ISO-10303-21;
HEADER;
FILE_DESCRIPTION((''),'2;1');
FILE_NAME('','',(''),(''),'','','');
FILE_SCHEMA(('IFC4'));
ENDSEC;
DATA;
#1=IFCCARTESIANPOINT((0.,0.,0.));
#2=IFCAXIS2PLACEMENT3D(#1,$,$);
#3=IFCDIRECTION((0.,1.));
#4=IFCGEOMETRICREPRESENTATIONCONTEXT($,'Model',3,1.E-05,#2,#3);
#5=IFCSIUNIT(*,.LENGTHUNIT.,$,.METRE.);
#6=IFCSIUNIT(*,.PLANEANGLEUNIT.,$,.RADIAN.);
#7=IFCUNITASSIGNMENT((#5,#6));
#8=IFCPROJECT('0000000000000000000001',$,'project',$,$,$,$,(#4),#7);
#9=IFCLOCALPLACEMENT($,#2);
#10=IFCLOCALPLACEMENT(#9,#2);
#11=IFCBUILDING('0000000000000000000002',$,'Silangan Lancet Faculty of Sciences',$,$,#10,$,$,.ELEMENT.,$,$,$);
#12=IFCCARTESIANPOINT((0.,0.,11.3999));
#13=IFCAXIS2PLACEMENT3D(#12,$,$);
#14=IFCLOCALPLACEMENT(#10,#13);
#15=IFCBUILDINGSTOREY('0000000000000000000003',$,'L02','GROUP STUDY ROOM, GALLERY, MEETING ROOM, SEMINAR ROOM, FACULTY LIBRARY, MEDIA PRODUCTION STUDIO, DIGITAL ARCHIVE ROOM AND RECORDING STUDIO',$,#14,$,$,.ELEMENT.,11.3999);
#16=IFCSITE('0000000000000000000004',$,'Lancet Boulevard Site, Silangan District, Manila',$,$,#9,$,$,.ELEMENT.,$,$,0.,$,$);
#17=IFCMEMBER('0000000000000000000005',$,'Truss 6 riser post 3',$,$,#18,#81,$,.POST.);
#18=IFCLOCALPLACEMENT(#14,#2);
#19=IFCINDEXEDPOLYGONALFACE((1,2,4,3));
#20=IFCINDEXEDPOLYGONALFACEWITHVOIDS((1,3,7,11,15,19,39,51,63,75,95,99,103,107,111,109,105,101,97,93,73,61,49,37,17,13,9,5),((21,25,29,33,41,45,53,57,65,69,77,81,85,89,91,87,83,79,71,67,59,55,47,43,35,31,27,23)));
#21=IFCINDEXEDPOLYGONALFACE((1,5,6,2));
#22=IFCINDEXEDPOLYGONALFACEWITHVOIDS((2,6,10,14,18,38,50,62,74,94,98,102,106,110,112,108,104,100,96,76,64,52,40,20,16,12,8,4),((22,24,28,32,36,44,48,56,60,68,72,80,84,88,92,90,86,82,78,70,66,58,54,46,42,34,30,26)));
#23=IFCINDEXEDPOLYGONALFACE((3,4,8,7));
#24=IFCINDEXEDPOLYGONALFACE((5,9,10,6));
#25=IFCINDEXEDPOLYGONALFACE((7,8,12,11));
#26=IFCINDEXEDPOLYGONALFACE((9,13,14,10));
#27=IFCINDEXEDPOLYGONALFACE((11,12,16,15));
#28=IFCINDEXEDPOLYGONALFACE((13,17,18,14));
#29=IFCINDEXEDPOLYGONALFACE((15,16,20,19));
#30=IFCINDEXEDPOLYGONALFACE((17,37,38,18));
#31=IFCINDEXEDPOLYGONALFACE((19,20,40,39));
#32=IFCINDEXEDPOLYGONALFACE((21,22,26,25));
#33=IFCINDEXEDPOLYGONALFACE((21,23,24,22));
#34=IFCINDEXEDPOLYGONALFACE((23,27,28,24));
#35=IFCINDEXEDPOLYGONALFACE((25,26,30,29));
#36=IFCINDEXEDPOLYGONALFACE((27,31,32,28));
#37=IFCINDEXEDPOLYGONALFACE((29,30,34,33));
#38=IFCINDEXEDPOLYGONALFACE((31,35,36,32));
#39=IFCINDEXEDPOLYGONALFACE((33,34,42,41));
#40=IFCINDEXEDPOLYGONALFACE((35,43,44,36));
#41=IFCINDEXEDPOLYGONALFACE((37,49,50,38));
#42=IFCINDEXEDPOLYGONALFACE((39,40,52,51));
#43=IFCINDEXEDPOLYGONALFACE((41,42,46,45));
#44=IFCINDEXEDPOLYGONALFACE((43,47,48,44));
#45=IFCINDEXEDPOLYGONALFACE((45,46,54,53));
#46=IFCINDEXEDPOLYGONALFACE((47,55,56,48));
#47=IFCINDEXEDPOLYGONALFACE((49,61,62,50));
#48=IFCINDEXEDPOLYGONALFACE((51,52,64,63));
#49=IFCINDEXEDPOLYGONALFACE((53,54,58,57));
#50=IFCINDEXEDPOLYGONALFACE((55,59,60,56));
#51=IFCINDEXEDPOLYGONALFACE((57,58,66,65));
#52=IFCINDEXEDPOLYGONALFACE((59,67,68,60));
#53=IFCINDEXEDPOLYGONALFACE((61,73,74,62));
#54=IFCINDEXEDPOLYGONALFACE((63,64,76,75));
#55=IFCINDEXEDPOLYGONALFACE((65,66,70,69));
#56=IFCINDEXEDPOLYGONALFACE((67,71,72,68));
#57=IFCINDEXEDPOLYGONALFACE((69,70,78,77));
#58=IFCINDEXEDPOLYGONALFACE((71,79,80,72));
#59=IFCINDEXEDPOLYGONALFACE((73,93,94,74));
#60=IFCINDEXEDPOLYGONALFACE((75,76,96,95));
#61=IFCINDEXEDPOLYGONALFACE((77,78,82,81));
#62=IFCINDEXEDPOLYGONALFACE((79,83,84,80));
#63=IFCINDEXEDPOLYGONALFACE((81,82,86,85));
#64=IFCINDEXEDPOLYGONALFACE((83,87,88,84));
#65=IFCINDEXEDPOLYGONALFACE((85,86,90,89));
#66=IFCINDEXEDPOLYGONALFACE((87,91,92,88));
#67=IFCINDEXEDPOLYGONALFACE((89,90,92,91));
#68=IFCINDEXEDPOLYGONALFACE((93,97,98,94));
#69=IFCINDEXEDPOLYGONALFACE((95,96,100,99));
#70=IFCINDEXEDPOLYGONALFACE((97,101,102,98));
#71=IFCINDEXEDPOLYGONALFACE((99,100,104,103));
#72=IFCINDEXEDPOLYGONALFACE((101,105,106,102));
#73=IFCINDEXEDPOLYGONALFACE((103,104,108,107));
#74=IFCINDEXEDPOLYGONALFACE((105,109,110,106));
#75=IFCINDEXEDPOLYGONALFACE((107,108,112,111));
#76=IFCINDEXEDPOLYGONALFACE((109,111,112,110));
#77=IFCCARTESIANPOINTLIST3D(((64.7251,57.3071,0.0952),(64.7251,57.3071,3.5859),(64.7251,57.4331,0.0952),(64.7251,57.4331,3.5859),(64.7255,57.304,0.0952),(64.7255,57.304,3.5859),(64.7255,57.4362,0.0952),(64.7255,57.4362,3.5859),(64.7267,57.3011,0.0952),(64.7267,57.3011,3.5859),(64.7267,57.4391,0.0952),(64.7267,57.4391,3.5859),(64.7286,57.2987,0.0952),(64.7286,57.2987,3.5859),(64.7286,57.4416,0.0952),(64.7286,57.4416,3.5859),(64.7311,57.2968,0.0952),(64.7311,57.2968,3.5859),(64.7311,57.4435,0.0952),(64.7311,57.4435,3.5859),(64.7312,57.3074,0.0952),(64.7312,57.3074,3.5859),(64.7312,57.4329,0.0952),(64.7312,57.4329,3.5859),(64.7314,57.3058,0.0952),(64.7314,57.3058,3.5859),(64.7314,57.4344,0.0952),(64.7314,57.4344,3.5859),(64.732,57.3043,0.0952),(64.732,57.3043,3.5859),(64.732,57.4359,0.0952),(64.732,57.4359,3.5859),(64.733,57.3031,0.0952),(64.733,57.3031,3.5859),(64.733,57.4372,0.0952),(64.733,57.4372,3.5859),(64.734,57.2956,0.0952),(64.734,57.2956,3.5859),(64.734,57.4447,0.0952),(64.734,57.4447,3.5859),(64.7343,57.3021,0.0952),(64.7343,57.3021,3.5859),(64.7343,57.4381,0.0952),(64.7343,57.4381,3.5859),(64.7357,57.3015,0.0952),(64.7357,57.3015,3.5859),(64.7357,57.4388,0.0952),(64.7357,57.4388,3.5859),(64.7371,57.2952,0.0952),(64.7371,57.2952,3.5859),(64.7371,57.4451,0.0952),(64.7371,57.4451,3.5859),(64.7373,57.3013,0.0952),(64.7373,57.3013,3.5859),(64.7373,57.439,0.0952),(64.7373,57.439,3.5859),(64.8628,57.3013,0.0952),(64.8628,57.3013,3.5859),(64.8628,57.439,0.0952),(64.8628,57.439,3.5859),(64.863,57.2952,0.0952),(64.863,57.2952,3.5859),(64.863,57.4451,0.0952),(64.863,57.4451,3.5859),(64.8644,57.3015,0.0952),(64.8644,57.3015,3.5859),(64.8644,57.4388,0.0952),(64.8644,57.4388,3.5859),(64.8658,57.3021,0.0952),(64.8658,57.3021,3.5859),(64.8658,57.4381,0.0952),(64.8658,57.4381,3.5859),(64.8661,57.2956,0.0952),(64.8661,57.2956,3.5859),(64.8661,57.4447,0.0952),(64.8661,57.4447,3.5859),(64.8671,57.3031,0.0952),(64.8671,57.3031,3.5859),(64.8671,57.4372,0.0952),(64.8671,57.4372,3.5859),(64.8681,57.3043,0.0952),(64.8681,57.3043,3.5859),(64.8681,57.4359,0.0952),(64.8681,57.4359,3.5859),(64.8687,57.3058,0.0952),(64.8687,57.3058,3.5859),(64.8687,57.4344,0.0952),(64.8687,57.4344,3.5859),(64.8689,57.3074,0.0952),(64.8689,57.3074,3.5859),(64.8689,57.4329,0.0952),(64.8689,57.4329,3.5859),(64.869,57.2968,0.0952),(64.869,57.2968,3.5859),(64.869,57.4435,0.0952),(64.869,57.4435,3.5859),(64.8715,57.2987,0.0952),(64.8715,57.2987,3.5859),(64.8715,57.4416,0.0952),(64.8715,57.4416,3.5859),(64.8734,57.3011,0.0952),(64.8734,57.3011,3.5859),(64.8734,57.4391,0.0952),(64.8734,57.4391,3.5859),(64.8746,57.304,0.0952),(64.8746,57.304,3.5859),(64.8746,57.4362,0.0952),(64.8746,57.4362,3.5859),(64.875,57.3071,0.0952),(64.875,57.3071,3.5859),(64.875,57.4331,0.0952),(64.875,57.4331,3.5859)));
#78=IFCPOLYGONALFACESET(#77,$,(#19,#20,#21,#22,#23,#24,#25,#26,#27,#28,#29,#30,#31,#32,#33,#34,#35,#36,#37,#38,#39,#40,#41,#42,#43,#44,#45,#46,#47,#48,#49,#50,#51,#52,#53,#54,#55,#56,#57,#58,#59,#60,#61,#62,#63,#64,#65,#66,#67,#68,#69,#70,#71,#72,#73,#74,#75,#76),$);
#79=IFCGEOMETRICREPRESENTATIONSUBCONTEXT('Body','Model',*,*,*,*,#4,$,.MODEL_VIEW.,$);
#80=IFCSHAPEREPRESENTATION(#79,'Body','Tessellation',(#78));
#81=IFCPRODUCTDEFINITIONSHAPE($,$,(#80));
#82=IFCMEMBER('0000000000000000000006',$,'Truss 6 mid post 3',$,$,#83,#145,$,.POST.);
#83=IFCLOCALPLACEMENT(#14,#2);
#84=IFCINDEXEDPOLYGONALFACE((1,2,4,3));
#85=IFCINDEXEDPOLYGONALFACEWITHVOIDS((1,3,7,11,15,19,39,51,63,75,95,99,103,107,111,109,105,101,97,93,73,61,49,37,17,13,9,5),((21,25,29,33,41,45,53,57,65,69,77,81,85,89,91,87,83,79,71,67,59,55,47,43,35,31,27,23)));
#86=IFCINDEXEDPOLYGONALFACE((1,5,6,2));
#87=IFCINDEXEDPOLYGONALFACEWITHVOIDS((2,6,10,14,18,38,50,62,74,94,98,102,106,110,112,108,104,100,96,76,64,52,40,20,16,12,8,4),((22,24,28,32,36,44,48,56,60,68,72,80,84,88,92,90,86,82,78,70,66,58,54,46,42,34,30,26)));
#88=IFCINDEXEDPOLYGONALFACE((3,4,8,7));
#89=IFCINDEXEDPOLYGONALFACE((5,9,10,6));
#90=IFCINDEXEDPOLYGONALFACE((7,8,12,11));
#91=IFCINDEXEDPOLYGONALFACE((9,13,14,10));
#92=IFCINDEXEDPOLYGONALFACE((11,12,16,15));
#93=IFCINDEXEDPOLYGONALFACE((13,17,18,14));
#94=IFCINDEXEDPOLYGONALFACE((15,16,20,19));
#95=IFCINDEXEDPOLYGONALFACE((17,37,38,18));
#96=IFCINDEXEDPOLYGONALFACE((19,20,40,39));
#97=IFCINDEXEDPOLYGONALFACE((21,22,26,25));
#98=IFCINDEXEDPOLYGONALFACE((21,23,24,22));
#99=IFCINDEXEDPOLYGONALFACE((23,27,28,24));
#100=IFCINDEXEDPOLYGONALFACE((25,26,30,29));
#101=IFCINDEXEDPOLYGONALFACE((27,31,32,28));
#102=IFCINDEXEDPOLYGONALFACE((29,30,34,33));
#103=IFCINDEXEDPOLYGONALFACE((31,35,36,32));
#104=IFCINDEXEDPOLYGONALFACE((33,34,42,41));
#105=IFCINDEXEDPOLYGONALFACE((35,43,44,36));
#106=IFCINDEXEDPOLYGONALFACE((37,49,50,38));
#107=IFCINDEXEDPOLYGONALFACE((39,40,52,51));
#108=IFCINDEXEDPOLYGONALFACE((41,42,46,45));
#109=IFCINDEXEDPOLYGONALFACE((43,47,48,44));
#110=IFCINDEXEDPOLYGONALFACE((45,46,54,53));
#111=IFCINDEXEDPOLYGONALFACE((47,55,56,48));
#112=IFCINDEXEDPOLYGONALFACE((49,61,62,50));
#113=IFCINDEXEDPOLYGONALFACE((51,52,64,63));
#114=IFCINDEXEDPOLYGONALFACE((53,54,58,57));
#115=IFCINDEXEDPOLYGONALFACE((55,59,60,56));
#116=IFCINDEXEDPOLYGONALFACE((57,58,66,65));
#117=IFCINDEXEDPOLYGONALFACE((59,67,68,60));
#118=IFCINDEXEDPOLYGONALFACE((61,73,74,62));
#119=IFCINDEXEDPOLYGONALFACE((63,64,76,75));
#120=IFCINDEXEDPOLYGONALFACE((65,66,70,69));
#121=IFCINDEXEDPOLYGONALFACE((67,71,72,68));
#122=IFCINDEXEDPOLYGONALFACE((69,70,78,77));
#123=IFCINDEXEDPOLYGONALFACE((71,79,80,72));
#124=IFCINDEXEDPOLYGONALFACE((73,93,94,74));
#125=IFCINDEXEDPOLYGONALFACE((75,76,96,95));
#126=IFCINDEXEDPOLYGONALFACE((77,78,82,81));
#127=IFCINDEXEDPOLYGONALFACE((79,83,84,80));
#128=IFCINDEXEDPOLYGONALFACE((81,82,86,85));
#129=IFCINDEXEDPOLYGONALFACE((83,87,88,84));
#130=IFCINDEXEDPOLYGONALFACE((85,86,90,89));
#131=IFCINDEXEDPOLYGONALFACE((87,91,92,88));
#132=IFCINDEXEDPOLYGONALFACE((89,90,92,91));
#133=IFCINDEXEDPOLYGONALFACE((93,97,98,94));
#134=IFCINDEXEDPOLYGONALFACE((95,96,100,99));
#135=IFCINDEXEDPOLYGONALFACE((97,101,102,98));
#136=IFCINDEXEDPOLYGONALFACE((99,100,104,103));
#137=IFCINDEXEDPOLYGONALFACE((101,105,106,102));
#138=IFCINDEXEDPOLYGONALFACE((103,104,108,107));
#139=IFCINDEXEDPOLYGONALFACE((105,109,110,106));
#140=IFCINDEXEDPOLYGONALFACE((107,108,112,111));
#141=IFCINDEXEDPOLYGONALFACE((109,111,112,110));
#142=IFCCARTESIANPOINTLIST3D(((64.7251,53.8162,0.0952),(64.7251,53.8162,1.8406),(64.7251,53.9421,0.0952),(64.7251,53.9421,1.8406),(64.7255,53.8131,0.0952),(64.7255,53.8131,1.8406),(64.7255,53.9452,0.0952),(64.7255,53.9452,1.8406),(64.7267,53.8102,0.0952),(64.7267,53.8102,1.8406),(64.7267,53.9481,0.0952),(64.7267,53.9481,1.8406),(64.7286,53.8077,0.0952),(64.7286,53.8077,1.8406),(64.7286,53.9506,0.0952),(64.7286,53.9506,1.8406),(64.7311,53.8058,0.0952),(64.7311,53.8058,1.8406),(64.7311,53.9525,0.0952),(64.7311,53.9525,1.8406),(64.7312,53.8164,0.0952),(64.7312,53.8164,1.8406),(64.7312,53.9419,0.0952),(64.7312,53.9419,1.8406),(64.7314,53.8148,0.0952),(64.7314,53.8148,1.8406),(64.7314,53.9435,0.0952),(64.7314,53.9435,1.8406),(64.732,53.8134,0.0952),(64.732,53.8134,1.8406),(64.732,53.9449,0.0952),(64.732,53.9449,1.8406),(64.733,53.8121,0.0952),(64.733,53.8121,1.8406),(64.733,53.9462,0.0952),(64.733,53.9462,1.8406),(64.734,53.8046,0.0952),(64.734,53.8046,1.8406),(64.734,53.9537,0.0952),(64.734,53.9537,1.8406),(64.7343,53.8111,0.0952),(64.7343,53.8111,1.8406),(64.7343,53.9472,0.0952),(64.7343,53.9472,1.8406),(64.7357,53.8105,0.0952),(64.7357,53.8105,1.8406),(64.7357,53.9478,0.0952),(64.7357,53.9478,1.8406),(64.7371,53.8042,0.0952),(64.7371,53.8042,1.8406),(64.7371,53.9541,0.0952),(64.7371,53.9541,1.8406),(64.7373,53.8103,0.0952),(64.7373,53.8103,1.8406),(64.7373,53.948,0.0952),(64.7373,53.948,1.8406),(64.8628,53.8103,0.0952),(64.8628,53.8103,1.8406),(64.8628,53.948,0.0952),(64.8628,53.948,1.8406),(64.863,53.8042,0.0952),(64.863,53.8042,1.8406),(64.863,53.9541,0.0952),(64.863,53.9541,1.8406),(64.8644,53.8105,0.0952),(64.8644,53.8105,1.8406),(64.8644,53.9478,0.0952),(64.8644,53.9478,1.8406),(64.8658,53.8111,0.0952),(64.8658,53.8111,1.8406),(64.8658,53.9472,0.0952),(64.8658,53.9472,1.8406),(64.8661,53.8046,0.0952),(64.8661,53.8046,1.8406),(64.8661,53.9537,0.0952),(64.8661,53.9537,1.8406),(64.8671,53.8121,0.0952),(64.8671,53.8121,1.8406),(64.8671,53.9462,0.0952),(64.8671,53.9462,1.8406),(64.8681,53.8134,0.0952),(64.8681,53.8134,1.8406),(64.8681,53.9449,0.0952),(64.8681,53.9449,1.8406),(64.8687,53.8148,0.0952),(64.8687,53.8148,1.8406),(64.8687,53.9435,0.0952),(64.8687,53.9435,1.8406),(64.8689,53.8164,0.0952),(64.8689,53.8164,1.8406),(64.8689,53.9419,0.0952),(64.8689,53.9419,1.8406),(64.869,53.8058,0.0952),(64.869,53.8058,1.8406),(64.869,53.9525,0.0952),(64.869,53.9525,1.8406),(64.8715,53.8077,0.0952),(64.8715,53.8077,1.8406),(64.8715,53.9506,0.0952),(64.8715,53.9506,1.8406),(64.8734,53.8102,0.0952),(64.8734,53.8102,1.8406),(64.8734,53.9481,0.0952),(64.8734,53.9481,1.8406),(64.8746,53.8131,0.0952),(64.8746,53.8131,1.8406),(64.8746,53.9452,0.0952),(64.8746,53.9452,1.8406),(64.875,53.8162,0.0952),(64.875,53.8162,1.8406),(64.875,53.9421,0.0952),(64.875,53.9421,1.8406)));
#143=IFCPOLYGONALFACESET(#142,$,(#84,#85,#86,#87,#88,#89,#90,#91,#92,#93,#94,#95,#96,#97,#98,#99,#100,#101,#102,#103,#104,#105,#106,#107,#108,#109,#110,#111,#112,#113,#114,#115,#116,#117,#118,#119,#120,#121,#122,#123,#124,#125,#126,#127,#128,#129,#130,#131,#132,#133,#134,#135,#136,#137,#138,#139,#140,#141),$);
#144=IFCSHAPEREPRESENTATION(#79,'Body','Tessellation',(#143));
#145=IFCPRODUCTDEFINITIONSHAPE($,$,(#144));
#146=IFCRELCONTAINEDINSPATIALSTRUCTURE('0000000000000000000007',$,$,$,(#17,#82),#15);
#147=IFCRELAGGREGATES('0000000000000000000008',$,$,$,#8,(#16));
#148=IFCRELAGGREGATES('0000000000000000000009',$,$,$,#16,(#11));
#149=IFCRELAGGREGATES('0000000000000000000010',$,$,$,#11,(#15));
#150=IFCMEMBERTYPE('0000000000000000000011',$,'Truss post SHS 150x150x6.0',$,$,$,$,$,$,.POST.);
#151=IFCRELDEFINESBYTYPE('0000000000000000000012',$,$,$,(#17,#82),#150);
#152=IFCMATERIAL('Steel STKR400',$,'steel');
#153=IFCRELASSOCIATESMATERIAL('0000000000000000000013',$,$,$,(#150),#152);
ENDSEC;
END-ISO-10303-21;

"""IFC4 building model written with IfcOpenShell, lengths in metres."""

from ifc_helpers import new_model, si_unit, direction, frame, origin, origin_2d, place, context, subcontext, project, spatial, hollow_rectangle, extrude, material, material_profile, profile_set, type_object, element, save


model = new_model("IFC4")

# Units and contexts
model_context = context("Model", 3, precision=1e-05, world=origin(), true_north=direction((0.0, 1.0)))
body_context = subcontext(model_context, "Body", "Model", "MODEL_VIEW")
ifc_project = project(units=[si_unit("LENGTHUNIT", "METRE"), si_unit("PLANEANGLEUNIT", "RADIAN")], contexts=[model_context])

# Site, building, storey
site_placement = place(None, origin())
site = spatial("IfcSite", under=ifc_project, at=site_placement, Name="Lancet Boulevard Site, Silangan District, Manila", CompositionType="ELEMENT", RefElevation=0.0)
building_placement = place(site_placement, origin())
building = spatial("IfcBuilding", under=site, at=building_placement, Name="Silangan Lancet Faculty of Sciences", CompositionType="ELEMENT")
storey_placement = place(building_placement, frame((0.0, 0.0, 11.3999)))
storey = spatial("IfcBuildingStorey", under=building, at=storey_placement, Name="L02", Description="GROUP STUDY ROOM, GALLERY, MEETING ROOM, SEMINAR ROOM, FACULTY LIBRARY, MEDIA PRODUCTION STUDIO, DIGITAL ARCHIVE ROOM AND RECORDING STUDIO", CompositionType="ELEMENT", Elevation=11.3999)

# Members
ifc_material_1 = material(Name="Steel STKR400", Category="steel")
ifc_material_profile_1 = material_profile(ifc_material_1, hollow_rectangle(XDim=0.1499, YDim=0.1499, WallThickness=0.0061, InnerFilletRadius=0.0061, OuterFilletRadius=0.012, at=origin_2d()), Name="SHS 150x150x6.0")
ifc_profile_set_1 = profile_set([ifc_material_profile_1], Name="Steel STKR400")
member_type_1 = type_object("IfcMemberType", Name="Truss post SHS 150x150x6.0", PredefinedType="POST", material=ifc_profile_set_1)
member_1_placement = place(storey_placement, frame((64.8, 57.3701, 0.0952), z_axis=(0.0, 0.0, 1.0), x_axis=(1.0, 0.0, 0.0)))
element("IfcMember", 1, at=member_1_placement, inside=storey, type_object=member_type_1, Name="Truss 6 riser post 3", PredefinedType="POST", context=body_context, shape_type="SweptSolid", body=[
    extrude(hollow_rectangle(XDim=0.1499, YDim=0.1499, WallThickness=0.0061, InnerFilletRadius=0.0061, OuterFilletRadius=0.012, at=origin_2d()), origin(), (0.0, 0.0, 1.0), 3.4907),
])
member_2_placement = place(storey_placement, frame((64.8, 53.8792, 0.0952), z_axis=(0.0, 0.0, 1.0), x_axis=(1.0, 0.0, 0.0)))
element("IfcMember", 2, at=member_2_placement, inside=storey, type_object=member_type_1, Name="Truss 6 mid post 3", PredefinedType="POST", context=body_context, shape_type="SweptSolid", body=[
    extrude(hollow_rectangle(XDim=0.1499, YDim=0.1499, WallThickness=0.0061, InnerFilletRadius=0.0061, OuterFilletRadius=0.012, at=origin_2d()), origin(), (0.0, 0.0, 1.0), 1.7454),
])

save(model, "model.ifc")
